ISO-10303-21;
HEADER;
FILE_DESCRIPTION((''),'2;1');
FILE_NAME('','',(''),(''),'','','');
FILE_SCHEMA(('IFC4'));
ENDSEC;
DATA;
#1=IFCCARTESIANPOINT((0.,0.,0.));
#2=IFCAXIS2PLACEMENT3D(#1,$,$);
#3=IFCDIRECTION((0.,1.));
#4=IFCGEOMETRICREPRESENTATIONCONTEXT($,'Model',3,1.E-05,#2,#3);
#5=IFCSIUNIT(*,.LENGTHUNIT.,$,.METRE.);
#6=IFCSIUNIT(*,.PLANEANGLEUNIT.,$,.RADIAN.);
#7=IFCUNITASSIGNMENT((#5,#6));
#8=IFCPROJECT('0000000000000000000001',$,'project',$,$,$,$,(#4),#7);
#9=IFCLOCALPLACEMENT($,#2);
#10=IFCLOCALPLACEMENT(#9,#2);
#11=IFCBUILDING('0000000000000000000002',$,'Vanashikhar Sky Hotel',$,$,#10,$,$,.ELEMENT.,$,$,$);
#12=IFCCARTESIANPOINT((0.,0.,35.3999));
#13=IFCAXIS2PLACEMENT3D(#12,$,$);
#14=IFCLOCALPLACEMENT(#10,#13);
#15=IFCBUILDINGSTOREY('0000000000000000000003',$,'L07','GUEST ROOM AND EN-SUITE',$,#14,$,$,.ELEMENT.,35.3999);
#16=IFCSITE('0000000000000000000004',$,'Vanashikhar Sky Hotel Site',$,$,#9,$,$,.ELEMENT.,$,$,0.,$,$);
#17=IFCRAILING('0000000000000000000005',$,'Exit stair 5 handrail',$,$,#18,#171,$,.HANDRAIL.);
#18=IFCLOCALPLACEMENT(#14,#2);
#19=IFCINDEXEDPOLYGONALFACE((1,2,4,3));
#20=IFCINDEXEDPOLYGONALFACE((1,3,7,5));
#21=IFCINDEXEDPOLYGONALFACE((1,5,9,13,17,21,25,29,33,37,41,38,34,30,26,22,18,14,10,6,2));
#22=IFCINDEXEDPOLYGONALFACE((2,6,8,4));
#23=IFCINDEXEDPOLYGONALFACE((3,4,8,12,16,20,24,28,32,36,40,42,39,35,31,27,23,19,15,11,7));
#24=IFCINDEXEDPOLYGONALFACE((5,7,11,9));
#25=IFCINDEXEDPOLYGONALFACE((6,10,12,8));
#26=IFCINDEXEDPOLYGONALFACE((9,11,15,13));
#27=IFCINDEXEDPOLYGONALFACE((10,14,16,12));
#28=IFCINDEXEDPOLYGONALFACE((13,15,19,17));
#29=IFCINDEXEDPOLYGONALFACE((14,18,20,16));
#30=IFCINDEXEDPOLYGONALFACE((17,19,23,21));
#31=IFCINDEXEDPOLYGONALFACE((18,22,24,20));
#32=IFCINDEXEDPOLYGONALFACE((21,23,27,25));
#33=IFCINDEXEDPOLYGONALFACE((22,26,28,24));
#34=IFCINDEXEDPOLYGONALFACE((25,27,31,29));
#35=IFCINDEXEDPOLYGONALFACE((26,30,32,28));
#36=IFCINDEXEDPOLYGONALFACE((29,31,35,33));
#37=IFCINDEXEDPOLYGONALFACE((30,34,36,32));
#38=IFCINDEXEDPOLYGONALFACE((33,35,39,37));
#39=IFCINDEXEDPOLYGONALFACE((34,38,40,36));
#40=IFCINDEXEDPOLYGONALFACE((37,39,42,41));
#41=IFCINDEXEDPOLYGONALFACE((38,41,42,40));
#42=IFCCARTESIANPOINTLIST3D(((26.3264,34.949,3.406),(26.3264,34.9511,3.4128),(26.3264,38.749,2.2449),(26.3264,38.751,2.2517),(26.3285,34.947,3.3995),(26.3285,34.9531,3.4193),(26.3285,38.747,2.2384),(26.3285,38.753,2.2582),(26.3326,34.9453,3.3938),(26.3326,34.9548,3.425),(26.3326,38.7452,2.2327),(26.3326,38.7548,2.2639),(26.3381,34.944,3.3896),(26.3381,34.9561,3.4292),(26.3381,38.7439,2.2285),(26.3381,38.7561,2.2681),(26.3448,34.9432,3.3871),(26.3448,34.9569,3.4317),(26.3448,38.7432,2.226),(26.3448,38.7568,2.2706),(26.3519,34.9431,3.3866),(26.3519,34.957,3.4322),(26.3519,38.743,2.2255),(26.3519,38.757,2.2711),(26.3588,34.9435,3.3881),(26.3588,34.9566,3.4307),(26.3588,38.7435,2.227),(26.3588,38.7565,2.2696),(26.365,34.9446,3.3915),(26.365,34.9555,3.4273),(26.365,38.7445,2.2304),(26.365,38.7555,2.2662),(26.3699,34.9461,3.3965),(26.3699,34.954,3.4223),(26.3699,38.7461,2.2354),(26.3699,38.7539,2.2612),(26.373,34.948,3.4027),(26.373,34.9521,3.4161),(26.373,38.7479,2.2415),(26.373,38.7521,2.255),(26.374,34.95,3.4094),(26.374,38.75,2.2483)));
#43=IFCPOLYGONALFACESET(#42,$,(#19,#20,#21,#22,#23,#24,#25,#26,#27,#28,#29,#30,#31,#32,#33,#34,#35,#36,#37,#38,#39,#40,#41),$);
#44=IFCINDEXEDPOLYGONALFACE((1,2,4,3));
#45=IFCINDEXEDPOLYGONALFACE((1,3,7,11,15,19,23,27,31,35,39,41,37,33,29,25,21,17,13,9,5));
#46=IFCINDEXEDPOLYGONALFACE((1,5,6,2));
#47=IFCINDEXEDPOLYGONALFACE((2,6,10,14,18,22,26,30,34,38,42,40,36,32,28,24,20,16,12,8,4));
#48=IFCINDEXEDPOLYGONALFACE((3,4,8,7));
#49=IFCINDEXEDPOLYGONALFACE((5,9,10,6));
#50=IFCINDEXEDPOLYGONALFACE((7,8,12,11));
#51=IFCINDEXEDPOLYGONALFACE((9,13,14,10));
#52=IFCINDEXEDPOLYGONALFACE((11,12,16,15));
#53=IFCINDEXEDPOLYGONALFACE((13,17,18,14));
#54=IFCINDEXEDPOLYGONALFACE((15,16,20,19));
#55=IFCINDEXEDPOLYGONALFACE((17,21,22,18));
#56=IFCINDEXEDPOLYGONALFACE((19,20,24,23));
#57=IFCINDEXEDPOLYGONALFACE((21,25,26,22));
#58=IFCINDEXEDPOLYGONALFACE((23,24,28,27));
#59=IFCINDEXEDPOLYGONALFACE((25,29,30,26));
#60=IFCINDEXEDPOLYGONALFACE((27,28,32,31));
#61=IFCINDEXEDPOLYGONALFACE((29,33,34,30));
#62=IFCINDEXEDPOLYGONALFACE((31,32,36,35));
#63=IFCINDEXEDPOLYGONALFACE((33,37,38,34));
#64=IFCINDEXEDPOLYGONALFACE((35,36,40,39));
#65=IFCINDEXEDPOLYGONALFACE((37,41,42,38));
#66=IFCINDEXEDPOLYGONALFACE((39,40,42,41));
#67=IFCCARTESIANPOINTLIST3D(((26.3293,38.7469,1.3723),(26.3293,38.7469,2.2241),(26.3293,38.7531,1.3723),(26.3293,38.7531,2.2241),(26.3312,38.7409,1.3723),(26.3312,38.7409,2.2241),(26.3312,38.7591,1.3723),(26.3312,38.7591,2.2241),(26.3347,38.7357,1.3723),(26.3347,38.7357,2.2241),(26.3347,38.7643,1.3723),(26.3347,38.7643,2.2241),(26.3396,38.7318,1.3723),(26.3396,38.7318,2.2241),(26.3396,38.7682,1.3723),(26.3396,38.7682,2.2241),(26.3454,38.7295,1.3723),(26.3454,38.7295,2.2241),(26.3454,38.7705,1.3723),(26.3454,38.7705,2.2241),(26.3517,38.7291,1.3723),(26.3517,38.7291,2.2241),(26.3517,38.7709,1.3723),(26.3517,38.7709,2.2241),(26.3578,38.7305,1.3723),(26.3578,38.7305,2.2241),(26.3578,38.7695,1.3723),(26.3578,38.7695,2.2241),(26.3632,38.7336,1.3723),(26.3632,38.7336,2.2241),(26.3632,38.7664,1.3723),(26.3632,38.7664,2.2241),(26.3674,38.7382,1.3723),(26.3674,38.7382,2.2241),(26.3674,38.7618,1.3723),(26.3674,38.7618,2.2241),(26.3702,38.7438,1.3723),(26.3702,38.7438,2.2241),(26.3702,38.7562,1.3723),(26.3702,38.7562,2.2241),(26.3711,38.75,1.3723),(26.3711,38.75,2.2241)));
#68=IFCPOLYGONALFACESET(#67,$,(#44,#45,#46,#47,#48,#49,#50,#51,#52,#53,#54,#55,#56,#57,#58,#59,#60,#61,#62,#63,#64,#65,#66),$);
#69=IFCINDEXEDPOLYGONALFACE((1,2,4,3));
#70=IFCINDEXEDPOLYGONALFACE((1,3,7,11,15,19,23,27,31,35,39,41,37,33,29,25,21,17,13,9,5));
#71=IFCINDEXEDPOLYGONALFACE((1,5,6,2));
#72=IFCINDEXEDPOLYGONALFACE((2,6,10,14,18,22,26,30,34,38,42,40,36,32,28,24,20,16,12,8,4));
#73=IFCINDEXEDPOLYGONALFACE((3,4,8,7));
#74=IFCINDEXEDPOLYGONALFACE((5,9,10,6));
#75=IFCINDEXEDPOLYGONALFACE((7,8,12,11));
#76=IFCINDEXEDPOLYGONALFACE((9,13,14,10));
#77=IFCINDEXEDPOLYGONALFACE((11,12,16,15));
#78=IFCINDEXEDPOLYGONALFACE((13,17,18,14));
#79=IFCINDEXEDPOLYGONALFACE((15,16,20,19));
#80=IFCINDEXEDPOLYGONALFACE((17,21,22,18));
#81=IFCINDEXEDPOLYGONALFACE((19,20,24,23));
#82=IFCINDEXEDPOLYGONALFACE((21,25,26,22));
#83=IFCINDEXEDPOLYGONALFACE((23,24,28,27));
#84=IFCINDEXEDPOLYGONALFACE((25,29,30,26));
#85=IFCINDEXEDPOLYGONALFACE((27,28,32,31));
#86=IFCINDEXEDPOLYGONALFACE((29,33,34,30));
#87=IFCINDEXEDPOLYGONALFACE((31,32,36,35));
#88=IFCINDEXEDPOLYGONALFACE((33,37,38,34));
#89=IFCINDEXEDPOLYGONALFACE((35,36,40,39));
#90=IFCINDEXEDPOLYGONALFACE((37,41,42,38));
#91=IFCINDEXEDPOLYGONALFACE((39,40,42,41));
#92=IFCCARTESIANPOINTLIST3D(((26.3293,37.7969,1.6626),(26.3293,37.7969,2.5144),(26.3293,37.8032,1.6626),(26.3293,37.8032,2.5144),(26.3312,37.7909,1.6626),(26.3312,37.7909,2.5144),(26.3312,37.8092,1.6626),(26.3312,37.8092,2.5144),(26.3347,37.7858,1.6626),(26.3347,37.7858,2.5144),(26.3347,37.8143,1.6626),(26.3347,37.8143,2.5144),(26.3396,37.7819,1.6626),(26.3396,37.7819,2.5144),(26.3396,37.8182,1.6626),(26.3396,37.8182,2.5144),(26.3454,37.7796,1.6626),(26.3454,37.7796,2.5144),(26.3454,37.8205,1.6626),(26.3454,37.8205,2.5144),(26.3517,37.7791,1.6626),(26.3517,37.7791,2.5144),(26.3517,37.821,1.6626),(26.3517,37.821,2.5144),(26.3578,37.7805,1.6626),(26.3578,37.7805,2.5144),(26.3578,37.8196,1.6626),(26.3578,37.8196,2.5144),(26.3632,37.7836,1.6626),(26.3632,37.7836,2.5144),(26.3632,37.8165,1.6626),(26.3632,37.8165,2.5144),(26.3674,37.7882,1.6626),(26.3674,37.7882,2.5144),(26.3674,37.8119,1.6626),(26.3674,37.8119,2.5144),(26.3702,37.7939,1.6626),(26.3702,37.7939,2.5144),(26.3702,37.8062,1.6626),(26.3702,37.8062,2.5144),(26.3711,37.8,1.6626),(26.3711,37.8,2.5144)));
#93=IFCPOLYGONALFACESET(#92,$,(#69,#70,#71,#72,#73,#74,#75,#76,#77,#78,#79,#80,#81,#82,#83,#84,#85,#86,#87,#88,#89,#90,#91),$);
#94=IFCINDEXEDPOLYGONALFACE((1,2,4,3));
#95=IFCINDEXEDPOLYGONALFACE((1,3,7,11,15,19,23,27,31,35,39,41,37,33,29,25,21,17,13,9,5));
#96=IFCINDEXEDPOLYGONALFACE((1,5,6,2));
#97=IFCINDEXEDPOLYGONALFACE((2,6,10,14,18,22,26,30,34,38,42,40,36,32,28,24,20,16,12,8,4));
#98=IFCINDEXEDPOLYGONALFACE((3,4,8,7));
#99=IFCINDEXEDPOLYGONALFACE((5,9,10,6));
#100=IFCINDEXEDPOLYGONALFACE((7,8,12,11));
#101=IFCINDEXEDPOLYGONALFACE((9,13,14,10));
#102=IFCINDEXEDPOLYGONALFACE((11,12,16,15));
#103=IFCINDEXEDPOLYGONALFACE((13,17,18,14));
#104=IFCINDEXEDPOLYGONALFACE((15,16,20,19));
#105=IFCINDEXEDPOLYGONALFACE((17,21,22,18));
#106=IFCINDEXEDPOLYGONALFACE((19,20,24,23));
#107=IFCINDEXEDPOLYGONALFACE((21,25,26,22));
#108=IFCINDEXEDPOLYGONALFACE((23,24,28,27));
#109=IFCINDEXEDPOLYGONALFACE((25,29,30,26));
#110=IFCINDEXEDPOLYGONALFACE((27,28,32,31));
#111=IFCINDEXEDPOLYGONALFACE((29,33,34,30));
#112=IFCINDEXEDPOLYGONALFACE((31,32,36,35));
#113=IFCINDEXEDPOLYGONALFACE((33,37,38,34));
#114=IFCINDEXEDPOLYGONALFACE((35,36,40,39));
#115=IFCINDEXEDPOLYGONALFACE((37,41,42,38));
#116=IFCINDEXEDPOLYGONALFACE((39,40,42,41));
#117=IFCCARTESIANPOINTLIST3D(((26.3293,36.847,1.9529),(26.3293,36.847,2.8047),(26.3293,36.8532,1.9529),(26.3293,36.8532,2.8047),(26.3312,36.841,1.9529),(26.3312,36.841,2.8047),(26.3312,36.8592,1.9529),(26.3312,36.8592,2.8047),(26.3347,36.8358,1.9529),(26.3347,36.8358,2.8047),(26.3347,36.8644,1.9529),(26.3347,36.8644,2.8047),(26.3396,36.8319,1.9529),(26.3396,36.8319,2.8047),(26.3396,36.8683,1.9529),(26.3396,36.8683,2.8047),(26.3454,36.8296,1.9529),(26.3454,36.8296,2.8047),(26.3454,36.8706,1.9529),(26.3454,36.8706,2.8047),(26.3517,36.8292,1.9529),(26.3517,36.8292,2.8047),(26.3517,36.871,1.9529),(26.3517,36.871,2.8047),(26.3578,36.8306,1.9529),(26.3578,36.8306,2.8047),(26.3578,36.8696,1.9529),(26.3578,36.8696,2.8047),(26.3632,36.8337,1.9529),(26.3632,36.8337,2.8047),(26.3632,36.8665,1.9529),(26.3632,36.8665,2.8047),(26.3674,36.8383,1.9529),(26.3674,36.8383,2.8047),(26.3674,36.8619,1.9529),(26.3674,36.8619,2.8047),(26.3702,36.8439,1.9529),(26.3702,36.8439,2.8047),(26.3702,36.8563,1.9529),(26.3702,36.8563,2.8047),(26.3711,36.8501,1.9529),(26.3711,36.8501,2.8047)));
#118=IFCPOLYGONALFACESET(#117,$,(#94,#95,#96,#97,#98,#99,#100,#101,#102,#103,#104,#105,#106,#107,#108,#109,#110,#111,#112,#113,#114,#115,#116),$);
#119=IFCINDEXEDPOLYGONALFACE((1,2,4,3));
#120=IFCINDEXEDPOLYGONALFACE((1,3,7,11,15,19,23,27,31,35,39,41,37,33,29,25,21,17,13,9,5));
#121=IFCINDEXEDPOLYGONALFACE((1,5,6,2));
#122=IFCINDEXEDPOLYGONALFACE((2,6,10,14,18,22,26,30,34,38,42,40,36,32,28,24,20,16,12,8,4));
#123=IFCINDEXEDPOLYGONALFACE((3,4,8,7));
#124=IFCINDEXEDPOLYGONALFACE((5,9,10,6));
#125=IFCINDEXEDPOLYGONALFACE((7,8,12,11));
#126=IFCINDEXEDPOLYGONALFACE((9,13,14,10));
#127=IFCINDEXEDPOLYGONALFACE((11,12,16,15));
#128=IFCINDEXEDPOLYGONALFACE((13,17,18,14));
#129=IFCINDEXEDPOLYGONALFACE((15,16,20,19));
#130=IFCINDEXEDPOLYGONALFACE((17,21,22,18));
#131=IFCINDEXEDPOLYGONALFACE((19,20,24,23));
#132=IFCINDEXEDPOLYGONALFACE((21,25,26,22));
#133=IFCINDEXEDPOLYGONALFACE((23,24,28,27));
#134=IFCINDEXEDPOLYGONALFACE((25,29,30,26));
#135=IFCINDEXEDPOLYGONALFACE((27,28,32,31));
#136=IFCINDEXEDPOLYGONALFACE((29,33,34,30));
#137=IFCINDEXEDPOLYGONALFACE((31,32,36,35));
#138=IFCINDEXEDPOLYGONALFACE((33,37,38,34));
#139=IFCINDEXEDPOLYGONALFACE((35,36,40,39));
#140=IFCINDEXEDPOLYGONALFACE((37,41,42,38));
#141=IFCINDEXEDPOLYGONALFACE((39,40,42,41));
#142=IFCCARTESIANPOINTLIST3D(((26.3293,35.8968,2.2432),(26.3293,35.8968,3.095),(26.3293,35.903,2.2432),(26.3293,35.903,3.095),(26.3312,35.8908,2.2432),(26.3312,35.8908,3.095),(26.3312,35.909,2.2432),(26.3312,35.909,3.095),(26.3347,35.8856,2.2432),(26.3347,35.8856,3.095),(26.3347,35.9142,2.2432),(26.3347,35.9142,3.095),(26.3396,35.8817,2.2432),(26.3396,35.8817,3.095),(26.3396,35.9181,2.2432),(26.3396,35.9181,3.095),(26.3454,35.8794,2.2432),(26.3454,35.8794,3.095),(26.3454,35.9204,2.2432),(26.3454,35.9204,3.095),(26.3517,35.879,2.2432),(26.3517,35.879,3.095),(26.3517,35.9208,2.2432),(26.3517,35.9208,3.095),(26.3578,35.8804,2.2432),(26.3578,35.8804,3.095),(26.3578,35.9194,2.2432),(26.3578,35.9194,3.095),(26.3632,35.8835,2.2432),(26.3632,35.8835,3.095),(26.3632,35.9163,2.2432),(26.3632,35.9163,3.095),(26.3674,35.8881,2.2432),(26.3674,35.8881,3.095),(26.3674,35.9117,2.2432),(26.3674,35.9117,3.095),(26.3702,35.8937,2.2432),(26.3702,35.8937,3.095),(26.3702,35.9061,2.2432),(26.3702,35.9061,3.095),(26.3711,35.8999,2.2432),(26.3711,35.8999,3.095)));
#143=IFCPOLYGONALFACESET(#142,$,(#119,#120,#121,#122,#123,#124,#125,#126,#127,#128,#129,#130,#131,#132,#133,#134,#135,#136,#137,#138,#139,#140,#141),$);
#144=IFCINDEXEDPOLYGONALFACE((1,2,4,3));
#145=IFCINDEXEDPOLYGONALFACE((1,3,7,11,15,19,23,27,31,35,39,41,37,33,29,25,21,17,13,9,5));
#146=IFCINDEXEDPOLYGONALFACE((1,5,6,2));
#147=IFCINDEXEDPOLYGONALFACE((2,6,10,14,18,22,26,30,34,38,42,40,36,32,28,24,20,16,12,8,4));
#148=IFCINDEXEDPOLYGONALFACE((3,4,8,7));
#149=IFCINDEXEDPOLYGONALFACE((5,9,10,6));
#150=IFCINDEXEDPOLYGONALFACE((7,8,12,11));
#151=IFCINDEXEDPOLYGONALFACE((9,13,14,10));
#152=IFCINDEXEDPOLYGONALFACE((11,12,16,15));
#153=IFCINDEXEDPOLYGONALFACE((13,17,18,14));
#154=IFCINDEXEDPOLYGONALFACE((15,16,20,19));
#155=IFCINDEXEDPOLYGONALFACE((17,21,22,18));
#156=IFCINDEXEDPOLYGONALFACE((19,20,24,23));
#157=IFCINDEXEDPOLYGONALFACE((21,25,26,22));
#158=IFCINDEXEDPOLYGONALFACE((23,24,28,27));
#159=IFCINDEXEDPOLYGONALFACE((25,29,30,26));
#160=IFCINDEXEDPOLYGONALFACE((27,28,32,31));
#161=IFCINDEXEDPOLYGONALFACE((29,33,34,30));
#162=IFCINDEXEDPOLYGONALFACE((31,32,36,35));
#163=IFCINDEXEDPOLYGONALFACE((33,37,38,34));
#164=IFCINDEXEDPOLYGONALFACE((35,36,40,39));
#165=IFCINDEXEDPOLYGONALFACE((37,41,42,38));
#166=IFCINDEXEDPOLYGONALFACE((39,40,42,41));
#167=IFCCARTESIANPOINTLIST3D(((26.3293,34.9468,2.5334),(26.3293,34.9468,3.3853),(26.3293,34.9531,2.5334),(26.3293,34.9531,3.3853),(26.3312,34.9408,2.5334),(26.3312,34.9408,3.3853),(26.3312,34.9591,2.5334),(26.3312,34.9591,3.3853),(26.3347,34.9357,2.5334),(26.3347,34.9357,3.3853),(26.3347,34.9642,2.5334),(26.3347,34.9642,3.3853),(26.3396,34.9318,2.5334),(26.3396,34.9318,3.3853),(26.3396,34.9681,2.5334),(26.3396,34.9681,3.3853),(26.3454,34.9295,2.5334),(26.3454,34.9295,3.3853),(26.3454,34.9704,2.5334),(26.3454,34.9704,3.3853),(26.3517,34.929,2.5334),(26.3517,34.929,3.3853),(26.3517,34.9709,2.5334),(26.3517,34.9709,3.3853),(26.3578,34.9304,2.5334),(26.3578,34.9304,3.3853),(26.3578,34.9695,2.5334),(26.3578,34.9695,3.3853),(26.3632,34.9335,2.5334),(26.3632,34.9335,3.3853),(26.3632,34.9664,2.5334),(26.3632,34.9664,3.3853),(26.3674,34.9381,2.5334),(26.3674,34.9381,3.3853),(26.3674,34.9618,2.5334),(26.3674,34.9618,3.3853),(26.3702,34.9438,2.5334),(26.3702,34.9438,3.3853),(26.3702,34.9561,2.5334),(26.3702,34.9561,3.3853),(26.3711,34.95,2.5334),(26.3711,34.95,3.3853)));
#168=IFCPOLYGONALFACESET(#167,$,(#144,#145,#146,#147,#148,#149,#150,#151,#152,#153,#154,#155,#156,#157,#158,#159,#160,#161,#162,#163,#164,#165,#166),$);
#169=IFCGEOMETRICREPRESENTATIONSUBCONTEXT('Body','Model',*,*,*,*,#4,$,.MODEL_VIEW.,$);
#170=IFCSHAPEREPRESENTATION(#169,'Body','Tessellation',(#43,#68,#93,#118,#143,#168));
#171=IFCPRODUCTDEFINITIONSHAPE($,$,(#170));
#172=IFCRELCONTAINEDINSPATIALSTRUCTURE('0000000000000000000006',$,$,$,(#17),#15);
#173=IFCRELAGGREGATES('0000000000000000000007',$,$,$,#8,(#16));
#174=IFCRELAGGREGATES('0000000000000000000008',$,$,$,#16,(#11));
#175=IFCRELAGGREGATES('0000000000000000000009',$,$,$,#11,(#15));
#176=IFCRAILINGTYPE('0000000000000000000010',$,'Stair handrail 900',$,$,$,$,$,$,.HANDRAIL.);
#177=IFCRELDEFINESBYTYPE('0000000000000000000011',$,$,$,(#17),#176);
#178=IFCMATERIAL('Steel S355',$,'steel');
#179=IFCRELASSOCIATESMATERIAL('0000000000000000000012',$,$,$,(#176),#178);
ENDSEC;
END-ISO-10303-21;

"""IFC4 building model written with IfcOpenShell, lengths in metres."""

from ifc_helpers import new_model, si_unit, direction, frame, origin, origin_2d, place, context, subcontext, project, spatial, circle, extrude, source, transform, mapped, material, type_object, element, save


model = new_model("IFC4")

# Units and contexts
model_context = context("Model", 3, precision=1e-05, world=origin(), true_north=direction((0.0, 1.0)))
body_context = subcontext(model_context, "Body", "Model", "MODEL_VIEW")
ifc_project = project(units=[si_unit("LENGTHUNIT", "METRE"), si_unit("PLANEANGLEUNIT", "RADIAN")], contexts=[model_context])

# Site, building, storey
site_placement = place(None, origin())
site = spatial("IfcSite", under=ifc_project, at=site_placement, Name="Vanashikhar Sky Hotel Site", CompositionType="ELEMENT", RefElevation=0.0)
building_placement = place(site_placement, origin())
building = spatial("IfcBuilding", under=site, at=building_placement, Name="Vanashikhar Sky Hotel", CompositionType="ELEMENT")
storey_placement = place(building_placement, frame((0.0, 0.0, 35.3999)))
storey = spatial("IfcBuildingStorey", under=building, at=storey_placement, Name="L07", Description="GUEST ROOM AND EN-SUITE", CompositionType="ELEMENT", Elevation=35.3999)

# Railing
ifc_material_1 = material(Name="Steel S355", Category="steel")
railing_type = type_object("IfcRailingType", Name="Stair handrail 900", PredefinedType="HANDRAIL", material=ifc_material_1)
shared_shape_1 = source(origin(), body_context, "Body", "SweptSolid", [
    extrude(circle(Radius=0.0239, at=origin_2d()), frame((0.0, 0.0, 0.876), z_axis=(0.0, -0.956351, 0.29222), x_axis=(1.0, 0.0, 0.0)), (0.0, 0.0, 1.0), 3.9734),
    extrude(circle(Radius=0.021, at=origin_2d()), origin(), (0.0, 0.0, 1.0), 0.8518),
    extrude(circle(Radius=0.021, at=origin_2d()), frame((0.0, -0.95, 0.2903)), (0.0, 0.0, 1.0), 0.8518),
    extrude(circle(Radius=0.021, at=origin_2d()), frame((0.0, -1.8999, 0.5806)), (0.0, 0.0, 1.0), 0.8518),
    extrude(circle(Radius=0.021, at=origin_2d()), frame((0.0, -2.8501, 0.8708)), (0.0, 0.0, 1.0), 0.8518),
    extrude(circle(Radius=0.021, at=origin_2d()), frame((0.0, -3.8, 1.1611)), (0.0, 0.0, 1.0), 0.8518),
])
for number, where, name in (
    (1, (26.3501, 38.75, 1.3723), "Exit stair 5 handrail"),
):
    element("IfcRailing", number, at=place(storey_placement, frame(where)), inside=storey, type_object=railing_type, Name=name, PredefinedType="HANDRAIL", context=body_context, shape_type="MappedRepresentation", body=[
        mapped(shared_shape_1, transform((0.0, 0.0, 0.0), scale=1.0)),
    ])

save(model, "model.ifc")
